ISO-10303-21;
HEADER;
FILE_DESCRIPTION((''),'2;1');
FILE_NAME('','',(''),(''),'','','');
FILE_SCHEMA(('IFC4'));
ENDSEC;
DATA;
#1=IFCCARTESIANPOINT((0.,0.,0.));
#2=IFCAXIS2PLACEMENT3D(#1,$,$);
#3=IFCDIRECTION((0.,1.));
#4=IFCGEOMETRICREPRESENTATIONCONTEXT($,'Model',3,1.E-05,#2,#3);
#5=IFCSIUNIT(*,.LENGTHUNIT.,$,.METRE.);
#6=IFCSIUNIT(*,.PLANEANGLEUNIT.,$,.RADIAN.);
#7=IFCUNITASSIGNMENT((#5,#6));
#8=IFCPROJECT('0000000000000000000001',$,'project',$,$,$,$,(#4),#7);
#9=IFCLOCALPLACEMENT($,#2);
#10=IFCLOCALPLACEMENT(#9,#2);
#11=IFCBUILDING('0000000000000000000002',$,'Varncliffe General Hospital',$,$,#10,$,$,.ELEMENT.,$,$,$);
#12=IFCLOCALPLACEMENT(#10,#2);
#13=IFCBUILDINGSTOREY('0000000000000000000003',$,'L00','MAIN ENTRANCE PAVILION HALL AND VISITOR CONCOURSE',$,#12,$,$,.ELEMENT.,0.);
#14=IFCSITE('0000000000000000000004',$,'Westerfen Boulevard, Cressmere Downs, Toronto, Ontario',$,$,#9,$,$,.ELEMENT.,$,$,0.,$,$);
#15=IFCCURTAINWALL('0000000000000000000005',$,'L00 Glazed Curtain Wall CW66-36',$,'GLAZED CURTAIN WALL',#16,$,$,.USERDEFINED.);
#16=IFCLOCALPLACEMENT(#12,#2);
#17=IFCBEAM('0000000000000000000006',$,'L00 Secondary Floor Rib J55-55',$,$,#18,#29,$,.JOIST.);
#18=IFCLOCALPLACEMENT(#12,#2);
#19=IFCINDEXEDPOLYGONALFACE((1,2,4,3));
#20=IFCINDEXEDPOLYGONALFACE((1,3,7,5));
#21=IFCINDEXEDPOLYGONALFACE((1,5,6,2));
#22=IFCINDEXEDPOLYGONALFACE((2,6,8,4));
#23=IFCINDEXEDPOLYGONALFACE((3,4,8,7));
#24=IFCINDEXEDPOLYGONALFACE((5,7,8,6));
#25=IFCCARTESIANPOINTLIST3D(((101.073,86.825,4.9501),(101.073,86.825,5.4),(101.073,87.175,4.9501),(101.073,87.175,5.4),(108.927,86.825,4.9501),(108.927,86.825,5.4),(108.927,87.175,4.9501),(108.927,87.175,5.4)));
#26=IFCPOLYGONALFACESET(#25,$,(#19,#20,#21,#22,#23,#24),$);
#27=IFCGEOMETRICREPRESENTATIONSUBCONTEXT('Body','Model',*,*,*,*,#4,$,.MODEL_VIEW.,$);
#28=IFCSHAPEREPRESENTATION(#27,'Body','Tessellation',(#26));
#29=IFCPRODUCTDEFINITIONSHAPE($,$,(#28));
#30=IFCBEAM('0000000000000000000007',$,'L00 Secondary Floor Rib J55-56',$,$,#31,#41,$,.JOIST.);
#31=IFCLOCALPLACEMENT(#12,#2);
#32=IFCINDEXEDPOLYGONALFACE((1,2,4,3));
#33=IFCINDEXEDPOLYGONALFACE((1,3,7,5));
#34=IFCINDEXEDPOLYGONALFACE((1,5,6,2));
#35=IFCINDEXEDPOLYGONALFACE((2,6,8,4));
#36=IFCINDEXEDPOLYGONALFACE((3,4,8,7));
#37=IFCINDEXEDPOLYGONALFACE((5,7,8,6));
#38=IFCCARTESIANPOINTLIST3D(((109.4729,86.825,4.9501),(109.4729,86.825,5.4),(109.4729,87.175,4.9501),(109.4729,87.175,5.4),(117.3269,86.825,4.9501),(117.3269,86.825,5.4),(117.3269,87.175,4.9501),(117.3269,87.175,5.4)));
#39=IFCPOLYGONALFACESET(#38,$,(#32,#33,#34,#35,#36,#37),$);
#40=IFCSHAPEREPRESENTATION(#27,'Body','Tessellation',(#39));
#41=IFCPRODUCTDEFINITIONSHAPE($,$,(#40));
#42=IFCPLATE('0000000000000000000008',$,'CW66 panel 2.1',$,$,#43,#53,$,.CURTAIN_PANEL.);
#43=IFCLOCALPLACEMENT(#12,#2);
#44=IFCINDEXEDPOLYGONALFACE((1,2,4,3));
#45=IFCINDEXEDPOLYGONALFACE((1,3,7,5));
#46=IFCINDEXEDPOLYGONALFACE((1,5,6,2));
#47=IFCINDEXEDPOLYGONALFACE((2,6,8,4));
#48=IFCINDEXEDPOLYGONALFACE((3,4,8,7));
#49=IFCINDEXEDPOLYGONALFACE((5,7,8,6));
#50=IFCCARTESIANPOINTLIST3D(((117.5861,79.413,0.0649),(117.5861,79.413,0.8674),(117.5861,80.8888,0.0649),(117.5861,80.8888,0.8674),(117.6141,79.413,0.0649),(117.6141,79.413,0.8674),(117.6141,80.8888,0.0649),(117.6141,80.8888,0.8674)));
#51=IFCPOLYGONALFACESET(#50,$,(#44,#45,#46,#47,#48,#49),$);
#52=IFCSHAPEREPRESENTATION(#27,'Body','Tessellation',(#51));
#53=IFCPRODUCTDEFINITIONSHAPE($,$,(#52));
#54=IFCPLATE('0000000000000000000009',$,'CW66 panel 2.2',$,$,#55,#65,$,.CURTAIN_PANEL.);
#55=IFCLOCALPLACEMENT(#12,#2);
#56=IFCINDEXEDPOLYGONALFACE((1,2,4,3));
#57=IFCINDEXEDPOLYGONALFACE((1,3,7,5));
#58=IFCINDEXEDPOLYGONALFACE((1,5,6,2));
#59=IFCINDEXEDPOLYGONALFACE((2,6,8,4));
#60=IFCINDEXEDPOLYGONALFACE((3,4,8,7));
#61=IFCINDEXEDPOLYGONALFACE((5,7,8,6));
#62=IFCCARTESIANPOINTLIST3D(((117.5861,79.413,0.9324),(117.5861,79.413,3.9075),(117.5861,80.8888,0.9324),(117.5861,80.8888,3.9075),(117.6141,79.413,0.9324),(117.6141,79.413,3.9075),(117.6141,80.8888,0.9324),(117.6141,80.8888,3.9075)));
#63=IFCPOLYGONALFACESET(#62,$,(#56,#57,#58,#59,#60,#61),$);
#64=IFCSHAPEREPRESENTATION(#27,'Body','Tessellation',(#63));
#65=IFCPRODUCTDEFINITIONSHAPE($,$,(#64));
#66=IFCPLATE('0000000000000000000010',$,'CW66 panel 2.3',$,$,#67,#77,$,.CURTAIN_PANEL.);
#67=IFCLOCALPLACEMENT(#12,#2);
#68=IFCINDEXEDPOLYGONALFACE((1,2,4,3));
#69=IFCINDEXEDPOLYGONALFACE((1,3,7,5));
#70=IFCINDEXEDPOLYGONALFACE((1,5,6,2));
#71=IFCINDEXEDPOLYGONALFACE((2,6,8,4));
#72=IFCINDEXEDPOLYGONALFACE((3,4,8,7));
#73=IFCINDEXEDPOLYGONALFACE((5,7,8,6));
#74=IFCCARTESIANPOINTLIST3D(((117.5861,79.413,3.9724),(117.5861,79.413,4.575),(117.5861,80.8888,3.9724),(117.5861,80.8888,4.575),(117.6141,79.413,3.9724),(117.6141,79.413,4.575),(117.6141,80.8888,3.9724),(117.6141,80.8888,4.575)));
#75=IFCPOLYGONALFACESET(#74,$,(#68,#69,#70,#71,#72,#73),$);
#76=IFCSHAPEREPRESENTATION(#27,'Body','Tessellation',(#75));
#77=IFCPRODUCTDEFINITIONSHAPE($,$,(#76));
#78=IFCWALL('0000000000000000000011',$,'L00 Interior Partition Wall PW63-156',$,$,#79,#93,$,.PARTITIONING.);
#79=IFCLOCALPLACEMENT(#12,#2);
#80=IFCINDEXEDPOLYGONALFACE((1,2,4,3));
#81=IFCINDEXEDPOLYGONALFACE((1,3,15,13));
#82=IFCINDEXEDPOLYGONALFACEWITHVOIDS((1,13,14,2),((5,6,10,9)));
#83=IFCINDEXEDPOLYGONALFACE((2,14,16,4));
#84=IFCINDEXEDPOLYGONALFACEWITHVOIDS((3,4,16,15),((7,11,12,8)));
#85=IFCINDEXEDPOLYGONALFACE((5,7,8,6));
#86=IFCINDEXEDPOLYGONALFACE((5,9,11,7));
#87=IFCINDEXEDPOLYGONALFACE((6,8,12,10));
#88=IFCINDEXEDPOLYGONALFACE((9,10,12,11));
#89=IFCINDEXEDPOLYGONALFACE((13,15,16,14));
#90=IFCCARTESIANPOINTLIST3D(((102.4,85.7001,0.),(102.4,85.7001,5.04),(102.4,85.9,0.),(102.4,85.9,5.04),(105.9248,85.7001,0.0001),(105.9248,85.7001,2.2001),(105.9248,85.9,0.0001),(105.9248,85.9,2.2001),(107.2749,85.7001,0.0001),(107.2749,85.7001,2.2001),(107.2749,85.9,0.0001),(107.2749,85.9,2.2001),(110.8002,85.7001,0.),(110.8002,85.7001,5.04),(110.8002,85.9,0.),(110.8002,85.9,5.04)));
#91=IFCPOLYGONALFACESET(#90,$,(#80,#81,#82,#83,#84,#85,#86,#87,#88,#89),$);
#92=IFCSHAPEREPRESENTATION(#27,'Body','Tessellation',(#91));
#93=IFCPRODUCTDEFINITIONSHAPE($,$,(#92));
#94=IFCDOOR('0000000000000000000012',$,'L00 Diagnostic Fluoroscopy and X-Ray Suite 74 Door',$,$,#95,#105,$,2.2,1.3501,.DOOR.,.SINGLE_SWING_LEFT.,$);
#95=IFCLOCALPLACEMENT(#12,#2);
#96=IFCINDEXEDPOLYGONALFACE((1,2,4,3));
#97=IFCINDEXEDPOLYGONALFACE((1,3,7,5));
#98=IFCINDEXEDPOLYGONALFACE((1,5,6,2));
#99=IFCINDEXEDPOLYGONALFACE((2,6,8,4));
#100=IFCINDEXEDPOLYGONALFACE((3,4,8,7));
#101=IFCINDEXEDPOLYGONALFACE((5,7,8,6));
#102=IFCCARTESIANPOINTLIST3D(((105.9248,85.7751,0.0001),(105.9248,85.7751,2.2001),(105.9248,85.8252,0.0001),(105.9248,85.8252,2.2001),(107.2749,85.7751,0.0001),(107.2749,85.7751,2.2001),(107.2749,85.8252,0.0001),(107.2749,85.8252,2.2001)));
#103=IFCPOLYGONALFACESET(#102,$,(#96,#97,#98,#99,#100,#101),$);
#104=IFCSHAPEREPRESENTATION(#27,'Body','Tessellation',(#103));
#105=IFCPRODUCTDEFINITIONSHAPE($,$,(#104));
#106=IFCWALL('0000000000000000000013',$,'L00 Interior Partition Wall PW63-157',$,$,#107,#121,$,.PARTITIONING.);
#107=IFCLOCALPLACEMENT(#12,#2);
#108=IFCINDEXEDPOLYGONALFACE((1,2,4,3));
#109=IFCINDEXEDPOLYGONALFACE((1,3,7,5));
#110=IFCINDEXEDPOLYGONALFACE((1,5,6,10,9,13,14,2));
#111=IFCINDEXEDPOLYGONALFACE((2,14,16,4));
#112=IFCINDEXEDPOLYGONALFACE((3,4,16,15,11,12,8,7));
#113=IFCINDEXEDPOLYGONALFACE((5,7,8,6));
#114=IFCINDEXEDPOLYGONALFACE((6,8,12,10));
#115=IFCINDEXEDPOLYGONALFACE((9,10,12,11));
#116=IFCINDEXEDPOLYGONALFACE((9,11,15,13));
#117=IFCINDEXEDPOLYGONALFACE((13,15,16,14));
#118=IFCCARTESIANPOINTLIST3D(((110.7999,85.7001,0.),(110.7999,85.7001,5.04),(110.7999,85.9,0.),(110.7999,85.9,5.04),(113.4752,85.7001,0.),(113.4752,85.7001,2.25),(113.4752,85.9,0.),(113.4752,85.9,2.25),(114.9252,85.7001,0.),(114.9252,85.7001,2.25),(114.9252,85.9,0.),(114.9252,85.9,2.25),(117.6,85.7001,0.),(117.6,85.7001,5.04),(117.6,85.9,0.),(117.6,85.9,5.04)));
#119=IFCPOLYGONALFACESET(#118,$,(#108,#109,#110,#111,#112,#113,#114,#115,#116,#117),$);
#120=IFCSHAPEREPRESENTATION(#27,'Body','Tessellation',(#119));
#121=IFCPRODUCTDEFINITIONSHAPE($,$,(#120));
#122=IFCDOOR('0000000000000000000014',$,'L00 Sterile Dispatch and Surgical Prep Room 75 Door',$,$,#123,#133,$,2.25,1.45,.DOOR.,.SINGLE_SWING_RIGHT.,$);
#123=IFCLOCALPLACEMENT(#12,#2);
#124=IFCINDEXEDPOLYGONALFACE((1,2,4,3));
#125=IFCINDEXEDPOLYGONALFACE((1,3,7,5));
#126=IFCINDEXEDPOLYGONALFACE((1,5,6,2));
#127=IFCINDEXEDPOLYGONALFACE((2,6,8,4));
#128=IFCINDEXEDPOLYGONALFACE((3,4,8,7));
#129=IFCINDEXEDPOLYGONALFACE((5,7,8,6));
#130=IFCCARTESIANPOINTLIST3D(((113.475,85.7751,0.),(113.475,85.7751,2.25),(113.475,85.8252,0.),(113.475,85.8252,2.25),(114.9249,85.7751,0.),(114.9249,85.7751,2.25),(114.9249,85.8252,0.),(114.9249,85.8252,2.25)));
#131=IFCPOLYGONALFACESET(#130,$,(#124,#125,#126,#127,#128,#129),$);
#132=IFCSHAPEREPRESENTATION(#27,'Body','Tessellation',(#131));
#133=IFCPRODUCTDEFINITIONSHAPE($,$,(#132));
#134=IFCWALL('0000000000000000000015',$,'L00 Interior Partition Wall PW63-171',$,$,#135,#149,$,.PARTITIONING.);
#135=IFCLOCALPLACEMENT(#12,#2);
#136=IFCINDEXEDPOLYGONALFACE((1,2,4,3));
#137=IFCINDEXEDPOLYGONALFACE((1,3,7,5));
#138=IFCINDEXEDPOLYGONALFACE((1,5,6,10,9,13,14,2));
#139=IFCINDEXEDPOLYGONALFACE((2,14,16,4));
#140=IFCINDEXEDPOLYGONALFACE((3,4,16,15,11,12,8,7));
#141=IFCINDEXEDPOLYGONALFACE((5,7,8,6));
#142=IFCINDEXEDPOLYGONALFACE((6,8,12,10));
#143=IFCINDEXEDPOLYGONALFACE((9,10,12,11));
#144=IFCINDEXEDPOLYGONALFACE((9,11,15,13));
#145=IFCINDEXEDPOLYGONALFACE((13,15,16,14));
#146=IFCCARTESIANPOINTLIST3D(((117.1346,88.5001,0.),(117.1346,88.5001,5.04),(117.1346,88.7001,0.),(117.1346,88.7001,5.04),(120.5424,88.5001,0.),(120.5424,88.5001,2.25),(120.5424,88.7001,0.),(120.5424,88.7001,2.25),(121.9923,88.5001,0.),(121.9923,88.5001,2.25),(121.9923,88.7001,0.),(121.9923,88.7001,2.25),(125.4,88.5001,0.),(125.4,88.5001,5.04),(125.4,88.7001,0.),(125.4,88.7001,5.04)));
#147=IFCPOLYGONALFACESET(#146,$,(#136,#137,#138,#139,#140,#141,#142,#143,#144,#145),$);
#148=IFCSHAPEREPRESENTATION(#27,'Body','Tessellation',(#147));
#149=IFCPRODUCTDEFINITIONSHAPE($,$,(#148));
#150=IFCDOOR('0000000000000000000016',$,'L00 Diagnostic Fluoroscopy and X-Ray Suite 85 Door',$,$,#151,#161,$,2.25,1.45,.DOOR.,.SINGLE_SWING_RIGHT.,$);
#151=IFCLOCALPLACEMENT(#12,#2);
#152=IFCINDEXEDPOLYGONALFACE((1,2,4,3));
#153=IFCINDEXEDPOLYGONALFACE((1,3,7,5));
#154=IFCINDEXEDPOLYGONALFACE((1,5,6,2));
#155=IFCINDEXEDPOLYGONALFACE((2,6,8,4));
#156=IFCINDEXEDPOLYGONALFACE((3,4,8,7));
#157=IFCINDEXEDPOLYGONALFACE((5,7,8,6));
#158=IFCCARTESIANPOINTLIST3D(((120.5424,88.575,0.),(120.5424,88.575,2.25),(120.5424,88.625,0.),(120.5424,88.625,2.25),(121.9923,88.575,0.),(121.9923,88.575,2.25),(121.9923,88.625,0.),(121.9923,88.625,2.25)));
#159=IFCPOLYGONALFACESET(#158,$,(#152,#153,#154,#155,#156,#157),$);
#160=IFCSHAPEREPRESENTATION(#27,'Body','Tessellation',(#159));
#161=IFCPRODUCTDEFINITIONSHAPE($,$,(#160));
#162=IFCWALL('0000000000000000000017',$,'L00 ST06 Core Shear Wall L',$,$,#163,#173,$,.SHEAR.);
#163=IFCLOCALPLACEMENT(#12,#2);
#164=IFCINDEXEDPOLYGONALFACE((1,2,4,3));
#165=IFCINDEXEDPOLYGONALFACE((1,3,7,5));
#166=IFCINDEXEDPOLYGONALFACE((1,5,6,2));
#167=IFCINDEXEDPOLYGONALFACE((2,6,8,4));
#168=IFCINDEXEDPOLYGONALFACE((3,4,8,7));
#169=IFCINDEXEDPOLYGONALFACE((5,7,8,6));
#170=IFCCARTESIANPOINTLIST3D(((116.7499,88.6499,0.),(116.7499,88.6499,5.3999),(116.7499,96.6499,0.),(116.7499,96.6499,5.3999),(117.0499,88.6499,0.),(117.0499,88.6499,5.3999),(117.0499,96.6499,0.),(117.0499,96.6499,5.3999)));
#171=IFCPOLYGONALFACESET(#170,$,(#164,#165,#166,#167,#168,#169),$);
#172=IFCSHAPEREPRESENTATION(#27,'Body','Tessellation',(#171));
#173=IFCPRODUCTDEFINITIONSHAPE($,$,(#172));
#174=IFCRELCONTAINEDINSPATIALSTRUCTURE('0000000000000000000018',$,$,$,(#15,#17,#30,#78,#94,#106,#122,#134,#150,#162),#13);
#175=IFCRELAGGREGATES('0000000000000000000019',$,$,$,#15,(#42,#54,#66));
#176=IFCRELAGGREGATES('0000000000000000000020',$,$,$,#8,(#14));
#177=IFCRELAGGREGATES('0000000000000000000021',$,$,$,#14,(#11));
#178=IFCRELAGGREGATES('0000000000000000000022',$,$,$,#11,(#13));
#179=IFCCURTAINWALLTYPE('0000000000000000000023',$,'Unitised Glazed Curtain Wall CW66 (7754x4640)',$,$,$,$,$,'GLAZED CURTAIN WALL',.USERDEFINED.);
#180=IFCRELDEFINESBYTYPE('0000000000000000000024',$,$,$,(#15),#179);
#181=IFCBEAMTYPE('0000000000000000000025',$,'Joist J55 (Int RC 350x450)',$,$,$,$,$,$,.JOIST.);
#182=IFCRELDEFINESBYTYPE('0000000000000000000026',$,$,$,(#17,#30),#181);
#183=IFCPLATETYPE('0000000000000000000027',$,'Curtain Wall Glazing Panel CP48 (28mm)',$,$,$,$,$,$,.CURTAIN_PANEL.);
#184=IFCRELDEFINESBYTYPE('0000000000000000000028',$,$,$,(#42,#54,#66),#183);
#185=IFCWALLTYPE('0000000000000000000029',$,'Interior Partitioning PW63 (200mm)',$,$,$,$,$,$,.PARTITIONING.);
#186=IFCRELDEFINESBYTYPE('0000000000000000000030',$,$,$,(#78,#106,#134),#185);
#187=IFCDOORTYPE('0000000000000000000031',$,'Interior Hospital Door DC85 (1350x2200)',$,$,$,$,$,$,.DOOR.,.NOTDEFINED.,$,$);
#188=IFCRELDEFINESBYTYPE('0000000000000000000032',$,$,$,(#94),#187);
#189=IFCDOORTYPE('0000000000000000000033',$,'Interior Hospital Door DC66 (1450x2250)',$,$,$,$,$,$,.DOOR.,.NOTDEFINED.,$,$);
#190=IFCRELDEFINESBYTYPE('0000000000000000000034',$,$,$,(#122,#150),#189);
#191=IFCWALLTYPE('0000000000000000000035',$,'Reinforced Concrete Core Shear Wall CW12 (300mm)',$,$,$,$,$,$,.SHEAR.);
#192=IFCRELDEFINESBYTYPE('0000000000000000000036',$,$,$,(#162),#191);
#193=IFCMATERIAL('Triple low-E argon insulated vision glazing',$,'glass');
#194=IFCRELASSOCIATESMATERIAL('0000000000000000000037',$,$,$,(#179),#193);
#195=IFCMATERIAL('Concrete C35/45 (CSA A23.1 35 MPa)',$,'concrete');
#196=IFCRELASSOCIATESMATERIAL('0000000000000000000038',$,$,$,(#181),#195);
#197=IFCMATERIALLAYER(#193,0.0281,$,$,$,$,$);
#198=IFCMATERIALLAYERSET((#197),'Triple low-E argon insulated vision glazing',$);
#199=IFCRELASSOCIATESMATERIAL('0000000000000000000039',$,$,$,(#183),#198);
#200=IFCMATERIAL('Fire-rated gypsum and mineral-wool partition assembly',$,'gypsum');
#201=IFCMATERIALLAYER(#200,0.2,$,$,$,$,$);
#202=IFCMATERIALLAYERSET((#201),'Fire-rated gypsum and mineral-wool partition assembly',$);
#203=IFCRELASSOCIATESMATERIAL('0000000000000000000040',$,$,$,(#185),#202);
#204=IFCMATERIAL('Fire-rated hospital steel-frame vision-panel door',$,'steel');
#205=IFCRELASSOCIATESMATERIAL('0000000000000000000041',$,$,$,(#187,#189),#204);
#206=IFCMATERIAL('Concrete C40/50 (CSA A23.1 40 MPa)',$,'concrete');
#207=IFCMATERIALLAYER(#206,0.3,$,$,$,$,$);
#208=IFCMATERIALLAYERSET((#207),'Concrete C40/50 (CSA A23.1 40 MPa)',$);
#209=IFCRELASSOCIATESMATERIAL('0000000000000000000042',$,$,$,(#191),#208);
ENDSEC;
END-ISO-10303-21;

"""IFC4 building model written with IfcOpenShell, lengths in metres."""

from ifc_helpers import new_model, si_unit, direction, frame, frame_2d, origin, origin_2d, place, context, subcontext, project, spatial, rectangle, extrude, material, layer, layer_set, material_profile, profile_set, type_object, element, fill, aggregate, save


model = new_model("IFC4")

# Units and contexts
model_context = context("Model", 3, precision=1e-05, world=origin(), true_north=direction((0.0, 1.0)))
body_context = subcontext(model_context, "Body", "Model", "MODEL_VIEW")
ifc_project = project(units=[si_unit("LENGTHUNIT", "METRE"), si_unit("PLANEANGLEUNIT", "RADIAN")], contexts=[model_context])

# Site, building, storey
site_placement = place(None, origin())
site = spatial("IfcSite", under=ifc_project, at=site_placement, Name="Westerfen Boulevard, Cressmere Downs, Toronto, Ontario", CompositionType="ELEMENT", RefElevation=0.0)
building_placement = place(site_placement, origin())
building = spatial("IfcBuilding", under=site, at=building_placement, Name="Varncliffe General Hospital", CompositionType="ELEMENT")
storey_placement = place(building_placement, origin())
storey = spatial("IfcBuildingStorey", under=building, at=storey_placement, Name="L00", Description="MAIN ENTRANCE PAVILION HALL AND VISITOR CONCOURSE", CompositionType="ELEMENT", Elevation=0.0)

# Shared definitions
ifc_material_1 = material(Name="Concrete C40/50 (CSA A23.1 40 MPa)", Category="concrete")

# Shared definitions
ifc_material_2 = material(Name="Concrete C35/45 (CSA A23.1 35 MPa)", Category="concrete")

# Curtain wall
ifc_material_3 = material(Name="Triple low-E argon insulated vision glazing", Category="glass")
curtain_wall_type = type_object("IfcCurtainWallType", Name="Unitised Glazed Curtain Wall CW66 (7754x4640)", ElementType="GLAZED CURTAIN WALL", PredefinedType="USERDEFINED", material=ifc_material_3)
curtain_wall_placement = place(storey_placement, origin())
curtain_wall = element("IfcCurtainWall", 1, at=curtain_wall_placement, inside=storey, type_object=curtain_wall_type, Name="L00 Glazed Curtain Wall CW66-36", ObjectType="GLAZED CURTAIN WALL", PredefinedType="USERDEFINED")

# Beams
ifc_material_profile_1 = material_profile(ifc_material_2, rectangle(XDim=0.3501, YDim=0.45, at=origin_2d()), Name="RC 350x450")
ifc_profile_set_1 = profile_set([ifc_material_profile_1], Name="Concrete C35/45 (CSA A23.1 35 MPa)")
beam_type_1 = type_object("IfcBeamType", Name="Joist J55 (Int RC 350x450)", PredefinedType="JOIST", material=ifc_profile_set_1)
for number, where, z_axis, x_axis, name in (
    (2, (101.073, 87.0, 5.175), (1.0, 0.0, 0.0), (0.0, 1.0, 0.0), "L00 Secondary Floor Rib J55-55"),
    (3, (109.4729, 87.0, 5.175), (1.0, 0.0, 0.0), (0.0, 1.0, 0.0), "L00 Secondary Floor Rib J55-56"),
):
    element("IfcBeam", number, at=place(storey_placement, frame(where, z_axis=z_axis, x_axis=x_axis)), inside=storey, type_object=beam_type_1, Name=name, PredefinedType="JOIST", context=body_context, shape_type="SweptSolid", body=[
        extrude(rectangle(XDim=0.3501, YDim=0.45, at=origin_2d()), origin(), (0.0, 0.0, 1.0), 7.854),
    ])

# Plates
ifc_layer_1 = layer(ifc_material_3, 0.0281)
ifc_layer_set_1 = layer_set([ifc_layer_1], Name="Triple low-E argon insulated vision glazing")
plate_type = type_object("IfcPlateType", Name="Curtain Wall Glazing Panel CP48 (28mm)", PredefinedType="CURTAIN_PANEL", material=ifc_layer_set_1)
plate_1_placement = place(storey_placement, frame((117.6001, 80.1509, 0.0649), z_axis=(0.0, 0.0, 1.0), x_axis=(0.0, -1.0, 0.0)))
plate_1 = element("IfcPlate", 4, at=plate_1_placement, type_object=plate_type, Name="CW66 panel 2.1", PredefinedType="CURTAIN_PANEL", context=body_context, shape_type="SweptSolid", body=[
    extrude(rectangle(XDim=1.4758, YDim=0.0281, at=origin_2d()), origin(), (0.0, 0.0, 1.0), 0.8025),
])
plate_2_placement = place(storey_placement, frame((117.6001, 80.1509, 0.9324), z_axis=(0.0, 0.0, 1.0), x_axis=(0.0, -1.0, 0.0)))
plate_2 = element("IfcPlate", 5, at=plate_2_placement, type_object=plate_type, Name="CW66 panel 2.2", PredefinedType="CURTAIN_PANEL", context=body_context, shape_type="SweptSolid", body=[
    extrude(rectangle(XDim=1.4758, YDim=0.0281, at=origin_2d()), origin(), (0.0, 0.0, 1.0), 2.9751),
])
plate_3_placement = place(storey_placement, frame((117.6001, 80.1509, 3.9724), z_axis=(0.0, 0.0, 1.0), x_axis=(0.0, -1.0, 0.0)))
plate_3 = element("IfcPlate", 6, at=plate_3_placement, type_object=plate_type, Name="CW66 panel 2.3", PredefinedType="CURTAIN_PANEL", context=body_context, shape_type="SweptSolid", body=[
    extrude(rectangle(XDim=1.4758, YDim=0.0281, at=origin_2d()), origin(), (0.0, 0.0, 1.0), 0.6025),
])
aggregate(curtain_wall, [plate_1, plate_2, plate_3])

# Walls, openings, doors
ifc_material_4 = material(Name="Fire-rated gypsum and mineral-wool partition assembly", Category="gypsum")
ifc_layer_2 = layer(ifc_material_4, 0.2)
ifc_layer_set_2 = layer_set([ifc_layer_2], Name="Fire-rated gypsum and mineral-wool partition assembly")
wall_type_1 = type_object("IfcWallType", Name="Interior Partitioning PW63 (200mm)", PredefinedType="PARTITIONING", material=ifc_layer_set_2)
wall_1_placement = place(storey_placement, frame((102.3999, 85.8, 0.0), z_axis=(0.0, 0.0, 1.0), x_axis=(1.0, 0.0, 0.0)))
wall_1 = element("IfcWall", 7, at=wall_1_placement, inside=storey, type_object=wall_type_1, Name="L00 Interior Partition Wall PW63-156", PredefinedType="PARTITIONING", context=body_context, shape_type="SweptSolid", body=[
    extrude(rectangle(XDim=8.4001, YDim=0.2, at=frame_2d((4.2002, 0.0))), origin(), (0.0, 0.0, 1.0), 5.04),
])
opening_1_placement = place(wall_1_placement, frame((3.5249, 0.0, 0.0)))
opening_1 = element("IfcOpeningElement", 8, at=opening_1_placement, cuts=wall_1, PredefinedType="OPENING", context=body_context, shape_type="SweptSolid", body=[
    extrude(rectangle(XDim=1.3501, YDim=2.2, at=frame_2d((0.675, 1.1001))), frame((0.0, 0.1099, 0.0), z_axis=(0.0, -1.0, 0.0), x_axis=(1.0, 0.0, 0.0)), (0.0, 0.0, 1.0), 0.22),
])
ifc_material_5 = material(Name="Fire-rated hospital steel-frame vision-panel door", Category="steel")
door_type_1 = type_object("IfcDoorType", Name="Interior Hospital Door DC85 (1350x2200)", OperationType="NOTDEFINED", PredefinedType="DOOR", material=ifc_material_5)
door_1_placement = place(opening_1_placement, frame((1.3501, 0.0, 0.0), z_axis=(0.0, 0.0, 1.0), x_axis=(-1.0, 0.0, 0.0)))
door_1 = element("IfcDoor", 9, at=door_1_placement, inside=storey, type_object=door_type_1, Name="L00 Diagnostic Fluoroscopy and X-Ray Suite 74 Door", OperationType="SINGLE_SWING_LEFT", OverallHeight=2.2, OverallWidth=1.3501, PredefinedType="DOOR", context=body_context, shape_type="SweptSolid", body=[
    extrude(rectangle(XDim=1.3501, YDim=2.2, at=frame_2d((0.675, 1.1001))), frame((0.0, 0.0249, 0.0), z_axis=(0.0, -1.0, 0.0), x_axis=(1.0, 0.0, 0.0)), (0.0, 0.0, 1.0), 0.05),
])
fill(opening_1, door_1)
wall_2_placement = place(storey_placement, frame((110.8, 85.8, 0.0), z_axis=(0.0, 0.0, 1.0), x_axis=(1.0, 0.0, 0.0)))
wall_2 = element("IfcWall", 10, at=wall_2_placement, inside=storey, type_object=wall_type_1, Name="L00 Interior Partition Wall PW63-157", PredefinedType="PARTITIONING", context=body_context, shape_type="SweptSolid", body=[
    extrude(rectangle(XDim=6.8, YDim=0.2, at=frame_2d((3.3999, 0.0))), origin(), (0.0, 0.0, 1.0), 5.04),
])
opening_2_placement = place(wall_2_placement, frame((2.675, 0.0, 0.0)))
opening_2 = element("IfcOpeningElement", 11, at=opening_2_placement, cuts=wall_2, PredefinedType="OPENING", context=body_context, shape_type="SweptSolid", body=[
    extrude(rectangle(XDim=1.45, YDim=2.25, at=frame_2d((0.7251, 1.125))), frame((0.0, 0.1099, 0.0), z_axis=(0.0, -1.0, 0.0), x_axis=(1.0, 0.0, 0.0)), (0.0, 0.0, 1.0), 0.22),
])
door_type_2 = type_object("IfcDoorType", Name="Interior Hospital Door DC66 (1450x2250)", OperationType="NOTDEFINED", PredefinedType="DOOR", material=ifc_material_5)
door_2_placement = place(opening_2_placement, frame((1.45, 0.0, 0.0), z_axis=(0.0, 0.0, 1.0), x_axis=(-1.0, 0.0, 0.0)))
door_2 = element("IfcDoor", 12, at=door_2_placement, inside=storey, type_object=door_type_2, Name="L00 Sterile Dispatch and Surgical Prep Room 75 Door", OperationType="SINGLE_SWING_RIGHT", OverallHeight=2.25, OverallWidth=1.45, PredefinedType="DOOR", context=body_context, shape_type="SweptSolid", body=[
    extrude(rectangle(XDim=1.45, YDim=2.25, at=frame_2d((0.7251, 1.125))), frame((0.0, 0.0249, 0.0), z_axis=(0.0, -1.0, 0.0), x_axis=(1.0, 0.0, 0.0)), (0.0, 0.0, 1.0), 0.05),
])
fill(opening_2, door_2)
wall_3_placement = place(storey_placement, frame((117.1345, 88.6001, 0.0), z_axis=(0.0, 0.0, 1.0), x_axis=(1.0, 0.0, 0.0)))
wall_3 = element("IfcWall", 13, at=wall_3_placement, inside=storey, type_object=wall_type_1, Name="L00 Interior Partition Wall PW63-171", PredefinedType="PARTITIONING", context=body_context, shape_type="SweptSolid", body=[
    extrude(rectangle(XDim=8.2654, YDim=0.2, at=frame_2d((4.1328, 0.0))), origin(), (0.0, 0.0, 1.0), 5.04),
])
opening_3_placement = place(wall_3_placement, frame((3.4077, 0.0, 0.0)))
opening_3 = element("IfcOpeningElement", 14, at=opening_3_placement, cuts=wall_3, PredefinedType="OPENING", context=body_context, shape_type="SweptSolid", body=[
    extrude(rectangle(XDim=1.45, YDim=2.25, at=frame_2d((0.7251, 1.125))), frame((0.0, 0.1099, 0.0), z_axis=(0.0, -1.0, 0.0), x_axis=(1.0, 0.0, 0.0)), (0.0, 0.0, 1.0), 0.22),
])
door_3_placement = place(opening_3_placement, origin())
door_3 = element("IfcDoor", 15, at=door_3_placement, inside=storey, type_object=door_type_2, Name="L00 Diagnostic Fluoroscopy and X-Ray Suite 85 Door", OperationType="SINGLE_SWING_RIGHT", OverallHeight=2.25, OverallWidth=1.45, PredefinedType="DOOR", context=body_context, shape_type="SweptSolid", body=[
    extrude(rectangle(XDim=1.45, YDim=2.25, at=frame_2d((0.7251, 1.125))), frame((0.0, 0.0249, 0.0), z_axis=(0.0, -1.0, 0.0), x_axis=(1.0, 0.0, 0.0)), (0.0, 0.0, 1.0), 0.05),
])
fill(opening_3, door_3)

# Wall
ifc_layer_3 = layer(ifc_material_1, 0.3)
ifc_layer_set_3 = layer_set([ifc_layer_3], Name="Concrete C40/50 (CSA A23.1 40 MPa)")
wall_type_2 = type_object("IfcWallType", Name="Reinforced Concrete Core Shear Wall CW12 (300mm)", PredefinedType="SHEAR", material=ifc_layer_set_3)
wall_4_placement = place(storey_placement, frame((116.8999, 88.6499, 0.0), z_axis=(0.0, 0.0, 1.0), x_axis=(0.0, 1.0, 0.0)))
element("IfcWall", 16, at=wall_4_placement, inside=storey, type_object=wall_type_2, Name="L00 ST06 Core Shear Wall L", PredefinedType="SHEAR", context=body_context, shape_type="SweptSolid", body=[
    extrude(rectangle(XDim=8.0, YDim=0.3, at=frame_2d((4.0, 0.0))), origin(), (0.0, 0.0, 1.0), 5.3999),
])

save(model, "model.ifc")
